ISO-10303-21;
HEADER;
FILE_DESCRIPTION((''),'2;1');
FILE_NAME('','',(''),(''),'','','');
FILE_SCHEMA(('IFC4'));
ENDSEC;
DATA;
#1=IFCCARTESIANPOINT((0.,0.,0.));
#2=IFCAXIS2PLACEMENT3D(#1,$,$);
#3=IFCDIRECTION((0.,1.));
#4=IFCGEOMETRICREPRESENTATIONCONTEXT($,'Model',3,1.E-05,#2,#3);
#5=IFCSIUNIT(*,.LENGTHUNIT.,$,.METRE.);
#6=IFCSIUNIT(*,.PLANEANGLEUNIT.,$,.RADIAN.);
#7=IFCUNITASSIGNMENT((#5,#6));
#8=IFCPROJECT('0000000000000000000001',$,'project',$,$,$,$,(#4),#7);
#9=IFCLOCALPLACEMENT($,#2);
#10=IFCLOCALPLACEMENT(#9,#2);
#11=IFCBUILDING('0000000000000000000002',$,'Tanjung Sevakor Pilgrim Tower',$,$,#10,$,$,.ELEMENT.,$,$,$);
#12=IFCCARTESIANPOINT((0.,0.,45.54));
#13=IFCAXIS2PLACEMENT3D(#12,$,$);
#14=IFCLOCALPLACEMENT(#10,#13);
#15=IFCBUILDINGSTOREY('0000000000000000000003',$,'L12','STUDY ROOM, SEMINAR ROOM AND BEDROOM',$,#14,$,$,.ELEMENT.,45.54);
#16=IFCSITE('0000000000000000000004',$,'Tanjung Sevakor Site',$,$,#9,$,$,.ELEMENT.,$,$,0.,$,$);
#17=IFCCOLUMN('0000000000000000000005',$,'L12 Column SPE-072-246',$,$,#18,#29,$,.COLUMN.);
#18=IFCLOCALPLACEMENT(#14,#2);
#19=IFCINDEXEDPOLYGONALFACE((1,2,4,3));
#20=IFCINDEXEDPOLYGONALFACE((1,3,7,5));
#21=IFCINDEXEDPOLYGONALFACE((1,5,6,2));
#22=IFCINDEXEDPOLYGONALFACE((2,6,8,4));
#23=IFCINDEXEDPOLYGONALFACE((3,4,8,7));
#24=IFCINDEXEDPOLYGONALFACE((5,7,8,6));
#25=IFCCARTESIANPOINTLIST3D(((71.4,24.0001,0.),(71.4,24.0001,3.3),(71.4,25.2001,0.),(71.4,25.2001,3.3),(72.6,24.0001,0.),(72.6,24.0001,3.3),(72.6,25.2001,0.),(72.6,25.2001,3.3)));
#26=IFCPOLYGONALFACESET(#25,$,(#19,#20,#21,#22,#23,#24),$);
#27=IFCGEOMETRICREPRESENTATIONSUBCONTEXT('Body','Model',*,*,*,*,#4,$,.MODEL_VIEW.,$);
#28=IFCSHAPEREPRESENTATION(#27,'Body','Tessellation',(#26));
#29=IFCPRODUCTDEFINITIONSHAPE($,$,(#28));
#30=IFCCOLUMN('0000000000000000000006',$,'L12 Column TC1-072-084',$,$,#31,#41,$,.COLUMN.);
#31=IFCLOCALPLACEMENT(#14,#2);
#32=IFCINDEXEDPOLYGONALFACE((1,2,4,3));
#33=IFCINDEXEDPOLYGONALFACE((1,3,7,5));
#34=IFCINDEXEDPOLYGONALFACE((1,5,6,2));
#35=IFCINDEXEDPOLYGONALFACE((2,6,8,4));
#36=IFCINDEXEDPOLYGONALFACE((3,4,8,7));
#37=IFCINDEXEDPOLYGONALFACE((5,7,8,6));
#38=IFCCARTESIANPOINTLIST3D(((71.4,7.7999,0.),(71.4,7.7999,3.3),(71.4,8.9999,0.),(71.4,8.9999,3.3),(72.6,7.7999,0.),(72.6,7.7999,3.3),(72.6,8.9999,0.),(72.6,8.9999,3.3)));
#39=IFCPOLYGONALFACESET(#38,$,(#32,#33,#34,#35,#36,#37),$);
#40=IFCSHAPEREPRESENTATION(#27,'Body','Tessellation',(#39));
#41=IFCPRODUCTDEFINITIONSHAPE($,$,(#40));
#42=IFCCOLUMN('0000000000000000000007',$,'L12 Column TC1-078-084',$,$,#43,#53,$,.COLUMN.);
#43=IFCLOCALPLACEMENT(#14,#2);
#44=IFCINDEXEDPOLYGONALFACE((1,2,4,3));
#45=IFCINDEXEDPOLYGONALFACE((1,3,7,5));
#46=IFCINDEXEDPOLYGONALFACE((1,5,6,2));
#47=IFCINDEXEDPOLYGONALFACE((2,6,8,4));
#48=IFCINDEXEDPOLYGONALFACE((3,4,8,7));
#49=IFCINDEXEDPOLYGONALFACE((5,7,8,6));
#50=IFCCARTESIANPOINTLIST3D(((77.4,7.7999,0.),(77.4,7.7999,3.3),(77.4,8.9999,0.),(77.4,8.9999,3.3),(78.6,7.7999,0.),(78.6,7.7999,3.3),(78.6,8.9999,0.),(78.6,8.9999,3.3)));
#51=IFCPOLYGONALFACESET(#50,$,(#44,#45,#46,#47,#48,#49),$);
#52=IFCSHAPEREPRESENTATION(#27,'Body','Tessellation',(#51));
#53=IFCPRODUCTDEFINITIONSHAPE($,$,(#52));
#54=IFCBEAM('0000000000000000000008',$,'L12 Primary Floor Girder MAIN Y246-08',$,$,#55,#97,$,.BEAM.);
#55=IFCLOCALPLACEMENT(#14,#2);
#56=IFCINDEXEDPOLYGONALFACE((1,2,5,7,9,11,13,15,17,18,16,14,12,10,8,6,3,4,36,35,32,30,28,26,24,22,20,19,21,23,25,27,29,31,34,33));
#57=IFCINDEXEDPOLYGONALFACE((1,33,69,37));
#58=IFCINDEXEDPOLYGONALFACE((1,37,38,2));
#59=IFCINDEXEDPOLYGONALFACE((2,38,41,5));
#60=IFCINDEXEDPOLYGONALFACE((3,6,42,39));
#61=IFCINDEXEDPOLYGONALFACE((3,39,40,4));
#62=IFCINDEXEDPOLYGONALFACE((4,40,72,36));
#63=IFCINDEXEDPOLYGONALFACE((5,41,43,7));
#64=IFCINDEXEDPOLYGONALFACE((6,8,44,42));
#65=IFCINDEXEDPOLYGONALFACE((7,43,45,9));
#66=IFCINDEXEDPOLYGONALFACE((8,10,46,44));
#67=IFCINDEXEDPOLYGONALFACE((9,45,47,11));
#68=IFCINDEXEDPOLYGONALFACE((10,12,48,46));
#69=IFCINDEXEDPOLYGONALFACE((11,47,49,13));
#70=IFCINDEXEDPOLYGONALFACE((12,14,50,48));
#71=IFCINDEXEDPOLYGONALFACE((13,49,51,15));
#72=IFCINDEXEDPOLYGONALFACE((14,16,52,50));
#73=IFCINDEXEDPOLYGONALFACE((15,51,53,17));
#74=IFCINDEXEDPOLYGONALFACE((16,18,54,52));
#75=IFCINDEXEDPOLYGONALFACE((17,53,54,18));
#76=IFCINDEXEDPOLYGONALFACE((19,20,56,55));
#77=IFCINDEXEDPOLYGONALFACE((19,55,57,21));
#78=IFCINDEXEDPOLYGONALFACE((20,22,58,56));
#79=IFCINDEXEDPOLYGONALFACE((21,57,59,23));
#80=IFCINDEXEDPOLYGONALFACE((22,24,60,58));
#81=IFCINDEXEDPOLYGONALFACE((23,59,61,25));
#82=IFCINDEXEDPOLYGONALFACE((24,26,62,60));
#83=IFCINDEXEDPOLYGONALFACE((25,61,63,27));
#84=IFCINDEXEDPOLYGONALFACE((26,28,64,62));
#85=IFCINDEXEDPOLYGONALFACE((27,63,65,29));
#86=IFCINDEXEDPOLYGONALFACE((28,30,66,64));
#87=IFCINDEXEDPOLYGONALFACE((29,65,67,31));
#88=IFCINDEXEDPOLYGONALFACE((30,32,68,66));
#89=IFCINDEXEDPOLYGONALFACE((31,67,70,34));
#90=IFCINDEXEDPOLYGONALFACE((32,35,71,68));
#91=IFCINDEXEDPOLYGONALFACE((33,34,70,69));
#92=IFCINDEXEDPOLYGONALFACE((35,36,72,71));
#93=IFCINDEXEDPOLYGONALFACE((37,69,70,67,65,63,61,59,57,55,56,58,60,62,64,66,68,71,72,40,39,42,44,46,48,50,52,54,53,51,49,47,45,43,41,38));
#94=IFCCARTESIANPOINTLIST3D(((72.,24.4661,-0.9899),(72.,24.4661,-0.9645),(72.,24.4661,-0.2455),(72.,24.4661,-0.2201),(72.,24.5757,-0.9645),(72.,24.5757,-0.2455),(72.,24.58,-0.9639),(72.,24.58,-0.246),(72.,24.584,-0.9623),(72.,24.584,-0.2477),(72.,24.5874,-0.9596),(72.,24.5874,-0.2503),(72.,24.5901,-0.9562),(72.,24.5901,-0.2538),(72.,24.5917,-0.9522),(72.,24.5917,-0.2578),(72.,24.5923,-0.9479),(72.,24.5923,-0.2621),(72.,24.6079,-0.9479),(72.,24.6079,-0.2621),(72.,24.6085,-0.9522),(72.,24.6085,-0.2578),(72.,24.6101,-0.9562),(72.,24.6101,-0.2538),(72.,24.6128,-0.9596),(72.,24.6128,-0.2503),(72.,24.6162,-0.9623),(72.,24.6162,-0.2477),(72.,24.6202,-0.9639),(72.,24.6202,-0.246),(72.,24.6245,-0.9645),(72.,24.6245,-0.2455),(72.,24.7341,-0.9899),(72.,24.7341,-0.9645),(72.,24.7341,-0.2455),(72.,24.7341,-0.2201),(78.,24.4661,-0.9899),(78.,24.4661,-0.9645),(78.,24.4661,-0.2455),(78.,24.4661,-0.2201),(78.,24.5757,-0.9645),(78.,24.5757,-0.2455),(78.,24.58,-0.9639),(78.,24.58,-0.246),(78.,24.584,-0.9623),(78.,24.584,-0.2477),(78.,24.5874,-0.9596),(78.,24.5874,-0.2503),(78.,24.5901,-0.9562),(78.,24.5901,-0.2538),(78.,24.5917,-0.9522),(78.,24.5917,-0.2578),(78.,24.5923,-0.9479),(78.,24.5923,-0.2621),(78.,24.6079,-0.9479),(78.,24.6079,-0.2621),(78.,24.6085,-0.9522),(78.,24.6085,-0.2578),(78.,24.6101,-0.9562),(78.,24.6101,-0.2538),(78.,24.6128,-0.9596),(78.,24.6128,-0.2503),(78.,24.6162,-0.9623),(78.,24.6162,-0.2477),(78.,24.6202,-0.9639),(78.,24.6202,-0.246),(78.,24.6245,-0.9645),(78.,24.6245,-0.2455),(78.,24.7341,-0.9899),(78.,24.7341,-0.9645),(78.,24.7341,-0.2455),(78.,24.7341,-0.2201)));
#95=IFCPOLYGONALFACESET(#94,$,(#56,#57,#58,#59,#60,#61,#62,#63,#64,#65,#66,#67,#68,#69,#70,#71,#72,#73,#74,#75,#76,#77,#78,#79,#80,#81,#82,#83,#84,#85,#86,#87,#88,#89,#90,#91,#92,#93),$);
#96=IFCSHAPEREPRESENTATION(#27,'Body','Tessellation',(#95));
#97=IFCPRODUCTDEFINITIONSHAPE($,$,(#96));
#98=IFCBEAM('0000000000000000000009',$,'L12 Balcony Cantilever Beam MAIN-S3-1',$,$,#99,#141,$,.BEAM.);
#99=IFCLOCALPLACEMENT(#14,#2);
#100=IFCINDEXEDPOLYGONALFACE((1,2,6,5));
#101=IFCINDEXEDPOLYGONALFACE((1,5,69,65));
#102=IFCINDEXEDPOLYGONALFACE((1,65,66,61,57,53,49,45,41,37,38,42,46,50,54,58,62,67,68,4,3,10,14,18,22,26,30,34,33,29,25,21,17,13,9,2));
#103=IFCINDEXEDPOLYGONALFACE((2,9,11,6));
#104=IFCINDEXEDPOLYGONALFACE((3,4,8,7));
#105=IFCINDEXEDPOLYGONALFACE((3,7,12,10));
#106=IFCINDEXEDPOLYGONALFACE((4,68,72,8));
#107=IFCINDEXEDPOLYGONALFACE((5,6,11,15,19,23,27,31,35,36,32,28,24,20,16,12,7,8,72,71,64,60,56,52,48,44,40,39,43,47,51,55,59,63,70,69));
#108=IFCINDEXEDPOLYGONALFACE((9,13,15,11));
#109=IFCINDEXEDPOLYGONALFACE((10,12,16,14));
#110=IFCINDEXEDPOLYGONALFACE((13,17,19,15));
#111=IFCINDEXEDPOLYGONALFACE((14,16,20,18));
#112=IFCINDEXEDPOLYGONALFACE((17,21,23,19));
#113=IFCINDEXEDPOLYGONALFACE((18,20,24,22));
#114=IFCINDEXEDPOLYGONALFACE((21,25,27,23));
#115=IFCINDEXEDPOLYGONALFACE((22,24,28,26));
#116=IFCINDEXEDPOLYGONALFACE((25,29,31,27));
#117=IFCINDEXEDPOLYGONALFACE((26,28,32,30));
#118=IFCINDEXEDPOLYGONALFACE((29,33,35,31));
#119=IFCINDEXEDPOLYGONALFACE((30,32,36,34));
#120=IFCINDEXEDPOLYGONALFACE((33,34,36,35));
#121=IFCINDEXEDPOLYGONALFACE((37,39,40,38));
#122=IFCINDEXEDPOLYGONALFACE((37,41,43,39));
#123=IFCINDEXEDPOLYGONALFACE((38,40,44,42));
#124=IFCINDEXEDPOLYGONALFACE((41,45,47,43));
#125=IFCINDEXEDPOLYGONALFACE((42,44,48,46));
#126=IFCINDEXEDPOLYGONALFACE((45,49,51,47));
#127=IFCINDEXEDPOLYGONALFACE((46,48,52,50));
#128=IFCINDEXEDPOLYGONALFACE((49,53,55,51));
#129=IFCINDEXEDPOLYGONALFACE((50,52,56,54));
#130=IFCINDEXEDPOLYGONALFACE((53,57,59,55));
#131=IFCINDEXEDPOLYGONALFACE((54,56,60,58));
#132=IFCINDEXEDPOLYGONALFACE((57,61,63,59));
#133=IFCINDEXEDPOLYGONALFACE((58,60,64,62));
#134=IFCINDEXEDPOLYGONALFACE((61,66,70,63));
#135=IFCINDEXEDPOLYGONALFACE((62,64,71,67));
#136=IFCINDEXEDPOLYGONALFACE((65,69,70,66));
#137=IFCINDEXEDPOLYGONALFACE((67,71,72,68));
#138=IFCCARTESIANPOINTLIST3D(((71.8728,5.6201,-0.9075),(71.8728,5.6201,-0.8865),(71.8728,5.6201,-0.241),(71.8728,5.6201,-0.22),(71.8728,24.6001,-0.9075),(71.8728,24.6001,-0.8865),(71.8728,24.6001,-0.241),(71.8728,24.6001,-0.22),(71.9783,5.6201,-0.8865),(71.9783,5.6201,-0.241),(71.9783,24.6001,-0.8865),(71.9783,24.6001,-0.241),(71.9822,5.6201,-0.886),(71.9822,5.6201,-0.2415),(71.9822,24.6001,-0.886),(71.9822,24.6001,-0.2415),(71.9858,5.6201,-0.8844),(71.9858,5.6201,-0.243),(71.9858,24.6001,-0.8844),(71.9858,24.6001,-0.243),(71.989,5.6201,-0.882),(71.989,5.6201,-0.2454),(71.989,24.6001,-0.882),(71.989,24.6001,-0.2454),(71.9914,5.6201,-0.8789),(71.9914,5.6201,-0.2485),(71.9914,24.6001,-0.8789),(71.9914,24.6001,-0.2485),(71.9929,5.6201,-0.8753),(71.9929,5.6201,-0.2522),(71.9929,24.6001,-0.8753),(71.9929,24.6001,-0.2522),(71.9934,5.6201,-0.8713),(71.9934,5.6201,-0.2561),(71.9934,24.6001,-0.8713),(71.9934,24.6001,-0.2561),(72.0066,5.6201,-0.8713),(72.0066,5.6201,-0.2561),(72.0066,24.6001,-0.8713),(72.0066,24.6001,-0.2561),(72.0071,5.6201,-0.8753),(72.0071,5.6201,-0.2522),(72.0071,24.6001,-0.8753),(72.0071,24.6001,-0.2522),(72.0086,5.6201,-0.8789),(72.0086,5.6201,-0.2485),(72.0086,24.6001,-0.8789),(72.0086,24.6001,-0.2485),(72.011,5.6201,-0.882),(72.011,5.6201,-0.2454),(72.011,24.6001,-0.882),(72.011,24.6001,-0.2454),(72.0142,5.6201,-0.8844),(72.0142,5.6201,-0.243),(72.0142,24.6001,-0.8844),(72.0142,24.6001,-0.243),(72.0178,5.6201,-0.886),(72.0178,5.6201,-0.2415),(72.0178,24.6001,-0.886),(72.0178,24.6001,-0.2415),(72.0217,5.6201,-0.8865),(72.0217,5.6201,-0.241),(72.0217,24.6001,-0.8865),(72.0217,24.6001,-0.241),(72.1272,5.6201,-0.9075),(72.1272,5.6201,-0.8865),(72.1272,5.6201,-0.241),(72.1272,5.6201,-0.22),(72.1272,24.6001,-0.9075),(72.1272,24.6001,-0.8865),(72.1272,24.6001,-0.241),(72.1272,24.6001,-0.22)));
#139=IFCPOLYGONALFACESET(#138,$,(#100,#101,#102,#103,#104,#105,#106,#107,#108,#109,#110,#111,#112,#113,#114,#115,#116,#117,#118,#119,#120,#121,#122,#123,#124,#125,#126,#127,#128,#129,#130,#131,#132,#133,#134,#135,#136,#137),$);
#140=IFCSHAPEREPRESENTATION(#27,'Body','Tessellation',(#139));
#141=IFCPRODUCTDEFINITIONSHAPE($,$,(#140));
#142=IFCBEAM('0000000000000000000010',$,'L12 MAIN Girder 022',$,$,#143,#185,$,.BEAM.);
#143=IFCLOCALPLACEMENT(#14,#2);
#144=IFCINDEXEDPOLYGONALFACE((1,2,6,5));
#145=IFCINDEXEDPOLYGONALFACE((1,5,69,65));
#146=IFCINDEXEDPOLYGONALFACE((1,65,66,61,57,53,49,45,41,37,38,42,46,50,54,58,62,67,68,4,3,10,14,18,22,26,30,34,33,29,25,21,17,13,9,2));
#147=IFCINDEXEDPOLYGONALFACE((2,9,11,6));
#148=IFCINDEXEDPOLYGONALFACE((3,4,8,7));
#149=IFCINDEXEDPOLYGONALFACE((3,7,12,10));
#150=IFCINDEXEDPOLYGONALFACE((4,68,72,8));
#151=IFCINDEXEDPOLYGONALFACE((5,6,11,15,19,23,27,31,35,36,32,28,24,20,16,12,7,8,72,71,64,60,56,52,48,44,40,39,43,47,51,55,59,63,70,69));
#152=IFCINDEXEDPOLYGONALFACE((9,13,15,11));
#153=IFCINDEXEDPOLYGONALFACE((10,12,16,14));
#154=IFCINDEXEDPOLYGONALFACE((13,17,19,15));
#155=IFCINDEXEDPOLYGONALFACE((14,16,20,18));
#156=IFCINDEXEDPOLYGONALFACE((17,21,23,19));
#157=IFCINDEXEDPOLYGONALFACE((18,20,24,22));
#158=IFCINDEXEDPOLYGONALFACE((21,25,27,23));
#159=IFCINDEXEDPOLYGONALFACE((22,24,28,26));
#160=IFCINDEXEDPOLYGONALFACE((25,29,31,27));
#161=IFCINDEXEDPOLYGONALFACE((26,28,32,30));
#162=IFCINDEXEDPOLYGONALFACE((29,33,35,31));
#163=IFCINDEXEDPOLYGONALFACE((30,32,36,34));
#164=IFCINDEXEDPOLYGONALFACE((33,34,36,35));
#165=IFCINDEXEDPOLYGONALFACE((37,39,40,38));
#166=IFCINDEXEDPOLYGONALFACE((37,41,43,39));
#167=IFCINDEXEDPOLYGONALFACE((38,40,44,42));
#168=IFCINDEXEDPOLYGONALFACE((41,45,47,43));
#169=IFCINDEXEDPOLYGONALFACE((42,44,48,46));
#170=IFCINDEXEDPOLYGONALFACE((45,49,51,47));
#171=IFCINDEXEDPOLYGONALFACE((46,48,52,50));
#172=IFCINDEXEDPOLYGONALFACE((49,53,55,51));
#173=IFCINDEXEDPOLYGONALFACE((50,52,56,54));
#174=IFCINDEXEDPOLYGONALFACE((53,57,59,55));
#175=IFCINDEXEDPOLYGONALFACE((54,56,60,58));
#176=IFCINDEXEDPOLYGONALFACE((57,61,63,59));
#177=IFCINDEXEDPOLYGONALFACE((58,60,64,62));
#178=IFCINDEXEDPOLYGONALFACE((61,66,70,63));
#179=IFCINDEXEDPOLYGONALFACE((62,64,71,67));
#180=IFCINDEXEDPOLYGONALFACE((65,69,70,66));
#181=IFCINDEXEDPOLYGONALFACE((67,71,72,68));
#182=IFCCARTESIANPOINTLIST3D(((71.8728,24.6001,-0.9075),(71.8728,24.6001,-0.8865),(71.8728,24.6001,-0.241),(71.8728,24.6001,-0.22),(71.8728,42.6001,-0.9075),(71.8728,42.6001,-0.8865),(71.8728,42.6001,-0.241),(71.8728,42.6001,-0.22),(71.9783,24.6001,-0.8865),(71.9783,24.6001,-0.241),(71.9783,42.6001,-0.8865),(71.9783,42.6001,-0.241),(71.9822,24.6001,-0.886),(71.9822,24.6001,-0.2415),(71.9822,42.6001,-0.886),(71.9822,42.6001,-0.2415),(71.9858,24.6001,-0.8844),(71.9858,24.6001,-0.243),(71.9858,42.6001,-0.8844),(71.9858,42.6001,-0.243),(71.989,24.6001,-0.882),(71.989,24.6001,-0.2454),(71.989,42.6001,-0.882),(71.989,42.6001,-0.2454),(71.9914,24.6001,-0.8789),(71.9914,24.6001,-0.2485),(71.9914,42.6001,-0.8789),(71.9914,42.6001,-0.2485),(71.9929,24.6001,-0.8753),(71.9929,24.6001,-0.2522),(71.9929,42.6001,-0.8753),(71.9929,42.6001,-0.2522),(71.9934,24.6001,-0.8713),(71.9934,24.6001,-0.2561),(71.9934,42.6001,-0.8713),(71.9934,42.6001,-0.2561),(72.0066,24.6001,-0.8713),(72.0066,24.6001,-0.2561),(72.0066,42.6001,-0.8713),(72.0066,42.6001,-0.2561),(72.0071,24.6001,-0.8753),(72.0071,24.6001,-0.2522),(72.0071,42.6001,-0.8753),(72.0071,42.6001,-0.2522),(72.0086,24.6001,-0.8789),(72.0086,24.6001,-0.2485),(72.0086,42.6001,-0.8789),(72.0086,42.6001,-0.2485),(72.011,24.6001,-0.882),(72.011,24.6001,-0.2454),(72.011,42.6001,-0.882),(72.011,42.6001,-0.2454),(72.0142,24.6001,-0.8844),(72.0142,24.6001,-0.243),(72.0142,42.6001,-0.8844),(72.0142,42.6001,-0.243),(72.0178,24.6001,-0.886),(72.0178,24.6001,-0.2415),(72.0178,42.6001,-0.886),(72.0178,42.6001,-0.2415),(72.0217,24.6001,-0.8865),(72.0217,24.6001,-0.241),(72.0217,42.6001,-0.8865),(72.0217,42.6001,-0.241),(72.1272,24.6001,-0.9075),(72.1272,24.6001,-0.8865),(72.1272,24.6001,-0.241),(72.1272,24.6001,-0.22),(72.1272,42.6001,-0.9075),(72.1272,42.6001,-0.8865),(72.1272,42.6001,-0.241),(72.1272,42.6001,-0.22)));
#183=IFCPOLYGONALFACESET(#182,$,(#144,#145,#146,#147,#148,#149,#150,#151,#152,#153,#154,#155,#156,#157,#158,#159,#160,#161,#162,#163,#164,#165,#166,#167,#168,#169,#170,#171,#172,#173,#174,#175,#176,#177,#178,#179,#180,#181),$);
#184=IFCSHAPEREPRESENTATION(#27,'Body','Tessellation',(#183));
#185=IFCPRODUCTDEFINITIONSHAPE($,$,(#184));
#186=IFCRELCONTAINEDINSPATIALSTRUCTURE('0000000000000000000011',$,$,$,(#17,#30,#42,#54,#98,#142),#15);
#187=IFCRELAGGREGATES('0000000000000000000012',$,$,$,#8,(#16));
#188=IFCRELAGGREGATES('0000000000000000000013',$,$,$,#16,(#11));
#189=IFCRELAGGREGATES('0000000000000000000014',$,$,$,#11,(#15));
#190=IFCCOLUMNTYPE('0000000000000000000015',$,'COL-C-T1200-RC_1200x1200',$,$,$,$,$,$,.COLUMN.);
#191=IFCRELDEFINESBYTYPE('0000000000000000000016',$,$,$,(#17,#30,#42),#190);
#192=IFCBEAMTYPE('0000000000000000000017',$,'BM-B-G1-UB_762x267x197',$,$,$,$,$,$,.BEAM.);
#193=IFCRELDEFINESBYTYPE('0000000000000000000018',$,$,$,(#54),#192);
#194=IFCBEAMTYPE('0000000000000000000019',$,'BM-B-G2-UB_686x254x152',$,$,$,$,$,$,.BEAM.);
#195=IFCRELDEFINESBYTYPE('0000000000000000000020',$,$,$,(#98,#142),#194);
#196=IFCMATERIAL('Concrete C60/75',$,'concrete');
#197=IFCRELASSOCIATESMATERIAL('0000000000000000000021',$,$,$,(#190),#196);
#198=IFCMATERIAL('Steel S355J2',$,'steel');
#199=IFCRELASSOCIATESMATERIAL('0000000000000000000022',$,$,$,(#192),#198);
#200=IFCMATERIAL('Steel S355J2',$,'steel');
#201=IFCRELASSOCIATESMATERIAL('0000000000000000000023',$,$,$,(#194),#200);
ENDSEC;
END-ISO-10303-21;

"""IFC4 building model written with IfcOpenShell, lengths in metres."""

from ifc_helpers import new_model, si_unit, direction, frame, origin, origin_2d, place, context, subcontext, project, spatial, rectangle, i_section, extrude, material, material_profile, profile_set, type_object, element, save


model = new_model("IFC4")

# Units and contexts
model_context = context("Model", 3, precision=1e-05, world=origin(), true_north=direction((0.0, 1.0)))
body_context = subcontext(model_context, "Body", "Model", "MODEL_VIEW")
ifc_project = project(units=[si_unit("LENGTHUNIT", "METRE"), si_unit("PLANEANGLEUNIT", "RADIAN")], contexts=[model_context])

# Site, building, storey
site_placement = place(None, origin())
site = spatial("IfcSite", under=ifc_project, at=site_placement, Name="Tanjung Sevakor Site", CompositionType="ELEMENT", RefElevation=0.0)
building_placement = place(site_placement, origin())
building = spatial("IfcBuilding", under=site, at=building_placement, Name="Tanjung Sevakor Pilgrim Tower", CompositionType="ELEMENT")
storey_placement = place(building_placement, frame((0.0, 0.0, 45.54)))
storey = spatial("IfcBuildingStorey", under=building, at=storey_placement, Name="L12", Description="STUDY ROOM, SEMINAR ROOM AND BEDROOM", CompositionType="ELEMENT", Elevation=45.54)

# Columns
ifc_material_1 = material(Name="Concrete C60/75", Category="concrete")
ifc_material_profile_1 = material_profile(ifc_material_1, rectangle(XDim=1.2, YDim=1.2, at=origin_2d()))
ifc_profile_set_1 = profile_set([ifc_material_profile_1], Name="Concrete C60/75")
column_type = type_object("IfcColumnType", Name="COL-C-T1200-RC_1200x1200", PredefinedType="COLUMN", material=ifc_profile_set_1)
for number, where, z_axis, x_axis, name in (
    (1, (72.0, 24.6001, 0.0), (0.0, 0.0, 1.0), (1.0, 0.0, 0.0), "L12 Column SPE-072-246"),
    (2, (72.0, 8.3999, 0.0), (0.0, 0.0, 1.0), (1.0, 0.0, 0.0), "L12 Column TC1-072-084"),
    (3, (78.0, 8.3999, 0.0), (0.0, 0.0, 1.0), (1.0, 0.0, 0.0), "L12 Column TC1-078-084"),
):
    element("IfcColumn", number, at=place(storey_placement, frame(where, z_axis=z_axis, x_axis=x_axis)), inside=storey, type_object=column_type, Name=name, PredefinedType="COLUMN", context=body_context, shape_type="SweptSolid", body=[
        extrude(rectangle(XDim=1.2, YDim=1.2, at=origin_2d()), origin(), (0.0, 0.0, 1.0), 3.3),
    ])

# Beams
ifc_material_2 = material(Name="Steel S355J2", Category="steel")
ifc_material_profile_2 = material_profile(ifc_material_2, i_section(OverallWidth=0.2681, OverallDepth=0.7698, WebThickness=0.0156, FlangeThickness=0.0254, FilletRadius=0.0166, at=origin_2d()))
ifc_profile_set_2 = profile_set([ifc_material_profile_2], Name="Steel S355J2")
beam_type_1 = type_object("IfcBeamType", Name="BM-B-G1-UB_762x267x197", PredefinedType="BEAM", material=ifc_profile_set_2)
beam_1_placement = place(storey_placement, frame((72.0, 24.6001, -0.605), z_axis=(1.0, 0.0, 0.0), x_axis=(0.0, 1.0, 0.0)))
element("IfcBeam", 4, at=beam_1_placement, inside=storey, type_object=beam_type_1, Name="L12 Primary Floor Girder MAIN Y246-08", PredefinedType="BEAM", context=body_context, shape_type="SweptSolid", body=[
    extrude(i_section(OverallWidth=0.2681, OverallDepth=0.7698, WebThickness=0.0156, FlangeThickness=0.0254, FilletRadius=0.0166, at=origin_2d()), origin(), (0.0, 0.0, 1.0), 6.0),
])
ifc_material_3 = material(Name="Steel S355J2", Category="steel")
ifc_material_profile_3 = material_profile(ifc_material_3, i_section(OverallWidth=0.2544, OverallDepth=0.6875, WebThickness=0.0132, FlangeThickness=0.021, FilletRadius=0.0151, at=origin_2d()))
ifc_profile_set_3 = profile_set([ifc_material_profile_3], Name="Steel S355J2")
beam_type_2 = type_object("IfcBeamType", Name="BM-B-G2-UB_686x254x152", PredefinedType="BEAM", material=ifc_profile_set_3)
beam_2_placement = place(storey_placement, frame((72.0, 24.6001, -0.5637), z_axis=(0.0, -1.0, 0.0), x_axis=(1.0, 0.0, 0.0)))
element("IfcBeam", 5, at=beam_2_placement, inside=storey, type_object=beam_type_2, Name="L12 Balcony Cantilever Beam MAIN-S3-1", PredefinedType="BEAM", context=body_context, shape_type="SweptSolid", body=[
    extrude(i_section(OverallWidth=0.2544, OverallDepth=0.6875, WebThickness=0.0132, FlangeThickness=0.021, FilletRadius=0.0151, at=origin_2d()), origin(), (0.0, 0.0, 1.0), 18.98),
])
beam_3_placement = place(storey_placement, frame((72.0, 24.6001, -0.5637), z_axis=(0.0, 1.0, 0.0), x_axis=(-1.0, 0.0, 0.0)))
element("IfcBeam", 6, at=beam_3_placement, inside=storey, type_object=beam_type_2, Name="L12 MAIN Girder 022", PredefinedType="BEAM", context=body_context, shape_type="SweptSolid", body=[
    extrude(i_section(OverallWidth=0.2544, OverallDepth=0.6875, WebThickness=0.0132, FlangeThickness=0.021, FilletRadius=0.0151, at=origin_2d()), origin(), (0.0, 0.0, 1.0), 18.0),
])

save(model, "model.ifc")
